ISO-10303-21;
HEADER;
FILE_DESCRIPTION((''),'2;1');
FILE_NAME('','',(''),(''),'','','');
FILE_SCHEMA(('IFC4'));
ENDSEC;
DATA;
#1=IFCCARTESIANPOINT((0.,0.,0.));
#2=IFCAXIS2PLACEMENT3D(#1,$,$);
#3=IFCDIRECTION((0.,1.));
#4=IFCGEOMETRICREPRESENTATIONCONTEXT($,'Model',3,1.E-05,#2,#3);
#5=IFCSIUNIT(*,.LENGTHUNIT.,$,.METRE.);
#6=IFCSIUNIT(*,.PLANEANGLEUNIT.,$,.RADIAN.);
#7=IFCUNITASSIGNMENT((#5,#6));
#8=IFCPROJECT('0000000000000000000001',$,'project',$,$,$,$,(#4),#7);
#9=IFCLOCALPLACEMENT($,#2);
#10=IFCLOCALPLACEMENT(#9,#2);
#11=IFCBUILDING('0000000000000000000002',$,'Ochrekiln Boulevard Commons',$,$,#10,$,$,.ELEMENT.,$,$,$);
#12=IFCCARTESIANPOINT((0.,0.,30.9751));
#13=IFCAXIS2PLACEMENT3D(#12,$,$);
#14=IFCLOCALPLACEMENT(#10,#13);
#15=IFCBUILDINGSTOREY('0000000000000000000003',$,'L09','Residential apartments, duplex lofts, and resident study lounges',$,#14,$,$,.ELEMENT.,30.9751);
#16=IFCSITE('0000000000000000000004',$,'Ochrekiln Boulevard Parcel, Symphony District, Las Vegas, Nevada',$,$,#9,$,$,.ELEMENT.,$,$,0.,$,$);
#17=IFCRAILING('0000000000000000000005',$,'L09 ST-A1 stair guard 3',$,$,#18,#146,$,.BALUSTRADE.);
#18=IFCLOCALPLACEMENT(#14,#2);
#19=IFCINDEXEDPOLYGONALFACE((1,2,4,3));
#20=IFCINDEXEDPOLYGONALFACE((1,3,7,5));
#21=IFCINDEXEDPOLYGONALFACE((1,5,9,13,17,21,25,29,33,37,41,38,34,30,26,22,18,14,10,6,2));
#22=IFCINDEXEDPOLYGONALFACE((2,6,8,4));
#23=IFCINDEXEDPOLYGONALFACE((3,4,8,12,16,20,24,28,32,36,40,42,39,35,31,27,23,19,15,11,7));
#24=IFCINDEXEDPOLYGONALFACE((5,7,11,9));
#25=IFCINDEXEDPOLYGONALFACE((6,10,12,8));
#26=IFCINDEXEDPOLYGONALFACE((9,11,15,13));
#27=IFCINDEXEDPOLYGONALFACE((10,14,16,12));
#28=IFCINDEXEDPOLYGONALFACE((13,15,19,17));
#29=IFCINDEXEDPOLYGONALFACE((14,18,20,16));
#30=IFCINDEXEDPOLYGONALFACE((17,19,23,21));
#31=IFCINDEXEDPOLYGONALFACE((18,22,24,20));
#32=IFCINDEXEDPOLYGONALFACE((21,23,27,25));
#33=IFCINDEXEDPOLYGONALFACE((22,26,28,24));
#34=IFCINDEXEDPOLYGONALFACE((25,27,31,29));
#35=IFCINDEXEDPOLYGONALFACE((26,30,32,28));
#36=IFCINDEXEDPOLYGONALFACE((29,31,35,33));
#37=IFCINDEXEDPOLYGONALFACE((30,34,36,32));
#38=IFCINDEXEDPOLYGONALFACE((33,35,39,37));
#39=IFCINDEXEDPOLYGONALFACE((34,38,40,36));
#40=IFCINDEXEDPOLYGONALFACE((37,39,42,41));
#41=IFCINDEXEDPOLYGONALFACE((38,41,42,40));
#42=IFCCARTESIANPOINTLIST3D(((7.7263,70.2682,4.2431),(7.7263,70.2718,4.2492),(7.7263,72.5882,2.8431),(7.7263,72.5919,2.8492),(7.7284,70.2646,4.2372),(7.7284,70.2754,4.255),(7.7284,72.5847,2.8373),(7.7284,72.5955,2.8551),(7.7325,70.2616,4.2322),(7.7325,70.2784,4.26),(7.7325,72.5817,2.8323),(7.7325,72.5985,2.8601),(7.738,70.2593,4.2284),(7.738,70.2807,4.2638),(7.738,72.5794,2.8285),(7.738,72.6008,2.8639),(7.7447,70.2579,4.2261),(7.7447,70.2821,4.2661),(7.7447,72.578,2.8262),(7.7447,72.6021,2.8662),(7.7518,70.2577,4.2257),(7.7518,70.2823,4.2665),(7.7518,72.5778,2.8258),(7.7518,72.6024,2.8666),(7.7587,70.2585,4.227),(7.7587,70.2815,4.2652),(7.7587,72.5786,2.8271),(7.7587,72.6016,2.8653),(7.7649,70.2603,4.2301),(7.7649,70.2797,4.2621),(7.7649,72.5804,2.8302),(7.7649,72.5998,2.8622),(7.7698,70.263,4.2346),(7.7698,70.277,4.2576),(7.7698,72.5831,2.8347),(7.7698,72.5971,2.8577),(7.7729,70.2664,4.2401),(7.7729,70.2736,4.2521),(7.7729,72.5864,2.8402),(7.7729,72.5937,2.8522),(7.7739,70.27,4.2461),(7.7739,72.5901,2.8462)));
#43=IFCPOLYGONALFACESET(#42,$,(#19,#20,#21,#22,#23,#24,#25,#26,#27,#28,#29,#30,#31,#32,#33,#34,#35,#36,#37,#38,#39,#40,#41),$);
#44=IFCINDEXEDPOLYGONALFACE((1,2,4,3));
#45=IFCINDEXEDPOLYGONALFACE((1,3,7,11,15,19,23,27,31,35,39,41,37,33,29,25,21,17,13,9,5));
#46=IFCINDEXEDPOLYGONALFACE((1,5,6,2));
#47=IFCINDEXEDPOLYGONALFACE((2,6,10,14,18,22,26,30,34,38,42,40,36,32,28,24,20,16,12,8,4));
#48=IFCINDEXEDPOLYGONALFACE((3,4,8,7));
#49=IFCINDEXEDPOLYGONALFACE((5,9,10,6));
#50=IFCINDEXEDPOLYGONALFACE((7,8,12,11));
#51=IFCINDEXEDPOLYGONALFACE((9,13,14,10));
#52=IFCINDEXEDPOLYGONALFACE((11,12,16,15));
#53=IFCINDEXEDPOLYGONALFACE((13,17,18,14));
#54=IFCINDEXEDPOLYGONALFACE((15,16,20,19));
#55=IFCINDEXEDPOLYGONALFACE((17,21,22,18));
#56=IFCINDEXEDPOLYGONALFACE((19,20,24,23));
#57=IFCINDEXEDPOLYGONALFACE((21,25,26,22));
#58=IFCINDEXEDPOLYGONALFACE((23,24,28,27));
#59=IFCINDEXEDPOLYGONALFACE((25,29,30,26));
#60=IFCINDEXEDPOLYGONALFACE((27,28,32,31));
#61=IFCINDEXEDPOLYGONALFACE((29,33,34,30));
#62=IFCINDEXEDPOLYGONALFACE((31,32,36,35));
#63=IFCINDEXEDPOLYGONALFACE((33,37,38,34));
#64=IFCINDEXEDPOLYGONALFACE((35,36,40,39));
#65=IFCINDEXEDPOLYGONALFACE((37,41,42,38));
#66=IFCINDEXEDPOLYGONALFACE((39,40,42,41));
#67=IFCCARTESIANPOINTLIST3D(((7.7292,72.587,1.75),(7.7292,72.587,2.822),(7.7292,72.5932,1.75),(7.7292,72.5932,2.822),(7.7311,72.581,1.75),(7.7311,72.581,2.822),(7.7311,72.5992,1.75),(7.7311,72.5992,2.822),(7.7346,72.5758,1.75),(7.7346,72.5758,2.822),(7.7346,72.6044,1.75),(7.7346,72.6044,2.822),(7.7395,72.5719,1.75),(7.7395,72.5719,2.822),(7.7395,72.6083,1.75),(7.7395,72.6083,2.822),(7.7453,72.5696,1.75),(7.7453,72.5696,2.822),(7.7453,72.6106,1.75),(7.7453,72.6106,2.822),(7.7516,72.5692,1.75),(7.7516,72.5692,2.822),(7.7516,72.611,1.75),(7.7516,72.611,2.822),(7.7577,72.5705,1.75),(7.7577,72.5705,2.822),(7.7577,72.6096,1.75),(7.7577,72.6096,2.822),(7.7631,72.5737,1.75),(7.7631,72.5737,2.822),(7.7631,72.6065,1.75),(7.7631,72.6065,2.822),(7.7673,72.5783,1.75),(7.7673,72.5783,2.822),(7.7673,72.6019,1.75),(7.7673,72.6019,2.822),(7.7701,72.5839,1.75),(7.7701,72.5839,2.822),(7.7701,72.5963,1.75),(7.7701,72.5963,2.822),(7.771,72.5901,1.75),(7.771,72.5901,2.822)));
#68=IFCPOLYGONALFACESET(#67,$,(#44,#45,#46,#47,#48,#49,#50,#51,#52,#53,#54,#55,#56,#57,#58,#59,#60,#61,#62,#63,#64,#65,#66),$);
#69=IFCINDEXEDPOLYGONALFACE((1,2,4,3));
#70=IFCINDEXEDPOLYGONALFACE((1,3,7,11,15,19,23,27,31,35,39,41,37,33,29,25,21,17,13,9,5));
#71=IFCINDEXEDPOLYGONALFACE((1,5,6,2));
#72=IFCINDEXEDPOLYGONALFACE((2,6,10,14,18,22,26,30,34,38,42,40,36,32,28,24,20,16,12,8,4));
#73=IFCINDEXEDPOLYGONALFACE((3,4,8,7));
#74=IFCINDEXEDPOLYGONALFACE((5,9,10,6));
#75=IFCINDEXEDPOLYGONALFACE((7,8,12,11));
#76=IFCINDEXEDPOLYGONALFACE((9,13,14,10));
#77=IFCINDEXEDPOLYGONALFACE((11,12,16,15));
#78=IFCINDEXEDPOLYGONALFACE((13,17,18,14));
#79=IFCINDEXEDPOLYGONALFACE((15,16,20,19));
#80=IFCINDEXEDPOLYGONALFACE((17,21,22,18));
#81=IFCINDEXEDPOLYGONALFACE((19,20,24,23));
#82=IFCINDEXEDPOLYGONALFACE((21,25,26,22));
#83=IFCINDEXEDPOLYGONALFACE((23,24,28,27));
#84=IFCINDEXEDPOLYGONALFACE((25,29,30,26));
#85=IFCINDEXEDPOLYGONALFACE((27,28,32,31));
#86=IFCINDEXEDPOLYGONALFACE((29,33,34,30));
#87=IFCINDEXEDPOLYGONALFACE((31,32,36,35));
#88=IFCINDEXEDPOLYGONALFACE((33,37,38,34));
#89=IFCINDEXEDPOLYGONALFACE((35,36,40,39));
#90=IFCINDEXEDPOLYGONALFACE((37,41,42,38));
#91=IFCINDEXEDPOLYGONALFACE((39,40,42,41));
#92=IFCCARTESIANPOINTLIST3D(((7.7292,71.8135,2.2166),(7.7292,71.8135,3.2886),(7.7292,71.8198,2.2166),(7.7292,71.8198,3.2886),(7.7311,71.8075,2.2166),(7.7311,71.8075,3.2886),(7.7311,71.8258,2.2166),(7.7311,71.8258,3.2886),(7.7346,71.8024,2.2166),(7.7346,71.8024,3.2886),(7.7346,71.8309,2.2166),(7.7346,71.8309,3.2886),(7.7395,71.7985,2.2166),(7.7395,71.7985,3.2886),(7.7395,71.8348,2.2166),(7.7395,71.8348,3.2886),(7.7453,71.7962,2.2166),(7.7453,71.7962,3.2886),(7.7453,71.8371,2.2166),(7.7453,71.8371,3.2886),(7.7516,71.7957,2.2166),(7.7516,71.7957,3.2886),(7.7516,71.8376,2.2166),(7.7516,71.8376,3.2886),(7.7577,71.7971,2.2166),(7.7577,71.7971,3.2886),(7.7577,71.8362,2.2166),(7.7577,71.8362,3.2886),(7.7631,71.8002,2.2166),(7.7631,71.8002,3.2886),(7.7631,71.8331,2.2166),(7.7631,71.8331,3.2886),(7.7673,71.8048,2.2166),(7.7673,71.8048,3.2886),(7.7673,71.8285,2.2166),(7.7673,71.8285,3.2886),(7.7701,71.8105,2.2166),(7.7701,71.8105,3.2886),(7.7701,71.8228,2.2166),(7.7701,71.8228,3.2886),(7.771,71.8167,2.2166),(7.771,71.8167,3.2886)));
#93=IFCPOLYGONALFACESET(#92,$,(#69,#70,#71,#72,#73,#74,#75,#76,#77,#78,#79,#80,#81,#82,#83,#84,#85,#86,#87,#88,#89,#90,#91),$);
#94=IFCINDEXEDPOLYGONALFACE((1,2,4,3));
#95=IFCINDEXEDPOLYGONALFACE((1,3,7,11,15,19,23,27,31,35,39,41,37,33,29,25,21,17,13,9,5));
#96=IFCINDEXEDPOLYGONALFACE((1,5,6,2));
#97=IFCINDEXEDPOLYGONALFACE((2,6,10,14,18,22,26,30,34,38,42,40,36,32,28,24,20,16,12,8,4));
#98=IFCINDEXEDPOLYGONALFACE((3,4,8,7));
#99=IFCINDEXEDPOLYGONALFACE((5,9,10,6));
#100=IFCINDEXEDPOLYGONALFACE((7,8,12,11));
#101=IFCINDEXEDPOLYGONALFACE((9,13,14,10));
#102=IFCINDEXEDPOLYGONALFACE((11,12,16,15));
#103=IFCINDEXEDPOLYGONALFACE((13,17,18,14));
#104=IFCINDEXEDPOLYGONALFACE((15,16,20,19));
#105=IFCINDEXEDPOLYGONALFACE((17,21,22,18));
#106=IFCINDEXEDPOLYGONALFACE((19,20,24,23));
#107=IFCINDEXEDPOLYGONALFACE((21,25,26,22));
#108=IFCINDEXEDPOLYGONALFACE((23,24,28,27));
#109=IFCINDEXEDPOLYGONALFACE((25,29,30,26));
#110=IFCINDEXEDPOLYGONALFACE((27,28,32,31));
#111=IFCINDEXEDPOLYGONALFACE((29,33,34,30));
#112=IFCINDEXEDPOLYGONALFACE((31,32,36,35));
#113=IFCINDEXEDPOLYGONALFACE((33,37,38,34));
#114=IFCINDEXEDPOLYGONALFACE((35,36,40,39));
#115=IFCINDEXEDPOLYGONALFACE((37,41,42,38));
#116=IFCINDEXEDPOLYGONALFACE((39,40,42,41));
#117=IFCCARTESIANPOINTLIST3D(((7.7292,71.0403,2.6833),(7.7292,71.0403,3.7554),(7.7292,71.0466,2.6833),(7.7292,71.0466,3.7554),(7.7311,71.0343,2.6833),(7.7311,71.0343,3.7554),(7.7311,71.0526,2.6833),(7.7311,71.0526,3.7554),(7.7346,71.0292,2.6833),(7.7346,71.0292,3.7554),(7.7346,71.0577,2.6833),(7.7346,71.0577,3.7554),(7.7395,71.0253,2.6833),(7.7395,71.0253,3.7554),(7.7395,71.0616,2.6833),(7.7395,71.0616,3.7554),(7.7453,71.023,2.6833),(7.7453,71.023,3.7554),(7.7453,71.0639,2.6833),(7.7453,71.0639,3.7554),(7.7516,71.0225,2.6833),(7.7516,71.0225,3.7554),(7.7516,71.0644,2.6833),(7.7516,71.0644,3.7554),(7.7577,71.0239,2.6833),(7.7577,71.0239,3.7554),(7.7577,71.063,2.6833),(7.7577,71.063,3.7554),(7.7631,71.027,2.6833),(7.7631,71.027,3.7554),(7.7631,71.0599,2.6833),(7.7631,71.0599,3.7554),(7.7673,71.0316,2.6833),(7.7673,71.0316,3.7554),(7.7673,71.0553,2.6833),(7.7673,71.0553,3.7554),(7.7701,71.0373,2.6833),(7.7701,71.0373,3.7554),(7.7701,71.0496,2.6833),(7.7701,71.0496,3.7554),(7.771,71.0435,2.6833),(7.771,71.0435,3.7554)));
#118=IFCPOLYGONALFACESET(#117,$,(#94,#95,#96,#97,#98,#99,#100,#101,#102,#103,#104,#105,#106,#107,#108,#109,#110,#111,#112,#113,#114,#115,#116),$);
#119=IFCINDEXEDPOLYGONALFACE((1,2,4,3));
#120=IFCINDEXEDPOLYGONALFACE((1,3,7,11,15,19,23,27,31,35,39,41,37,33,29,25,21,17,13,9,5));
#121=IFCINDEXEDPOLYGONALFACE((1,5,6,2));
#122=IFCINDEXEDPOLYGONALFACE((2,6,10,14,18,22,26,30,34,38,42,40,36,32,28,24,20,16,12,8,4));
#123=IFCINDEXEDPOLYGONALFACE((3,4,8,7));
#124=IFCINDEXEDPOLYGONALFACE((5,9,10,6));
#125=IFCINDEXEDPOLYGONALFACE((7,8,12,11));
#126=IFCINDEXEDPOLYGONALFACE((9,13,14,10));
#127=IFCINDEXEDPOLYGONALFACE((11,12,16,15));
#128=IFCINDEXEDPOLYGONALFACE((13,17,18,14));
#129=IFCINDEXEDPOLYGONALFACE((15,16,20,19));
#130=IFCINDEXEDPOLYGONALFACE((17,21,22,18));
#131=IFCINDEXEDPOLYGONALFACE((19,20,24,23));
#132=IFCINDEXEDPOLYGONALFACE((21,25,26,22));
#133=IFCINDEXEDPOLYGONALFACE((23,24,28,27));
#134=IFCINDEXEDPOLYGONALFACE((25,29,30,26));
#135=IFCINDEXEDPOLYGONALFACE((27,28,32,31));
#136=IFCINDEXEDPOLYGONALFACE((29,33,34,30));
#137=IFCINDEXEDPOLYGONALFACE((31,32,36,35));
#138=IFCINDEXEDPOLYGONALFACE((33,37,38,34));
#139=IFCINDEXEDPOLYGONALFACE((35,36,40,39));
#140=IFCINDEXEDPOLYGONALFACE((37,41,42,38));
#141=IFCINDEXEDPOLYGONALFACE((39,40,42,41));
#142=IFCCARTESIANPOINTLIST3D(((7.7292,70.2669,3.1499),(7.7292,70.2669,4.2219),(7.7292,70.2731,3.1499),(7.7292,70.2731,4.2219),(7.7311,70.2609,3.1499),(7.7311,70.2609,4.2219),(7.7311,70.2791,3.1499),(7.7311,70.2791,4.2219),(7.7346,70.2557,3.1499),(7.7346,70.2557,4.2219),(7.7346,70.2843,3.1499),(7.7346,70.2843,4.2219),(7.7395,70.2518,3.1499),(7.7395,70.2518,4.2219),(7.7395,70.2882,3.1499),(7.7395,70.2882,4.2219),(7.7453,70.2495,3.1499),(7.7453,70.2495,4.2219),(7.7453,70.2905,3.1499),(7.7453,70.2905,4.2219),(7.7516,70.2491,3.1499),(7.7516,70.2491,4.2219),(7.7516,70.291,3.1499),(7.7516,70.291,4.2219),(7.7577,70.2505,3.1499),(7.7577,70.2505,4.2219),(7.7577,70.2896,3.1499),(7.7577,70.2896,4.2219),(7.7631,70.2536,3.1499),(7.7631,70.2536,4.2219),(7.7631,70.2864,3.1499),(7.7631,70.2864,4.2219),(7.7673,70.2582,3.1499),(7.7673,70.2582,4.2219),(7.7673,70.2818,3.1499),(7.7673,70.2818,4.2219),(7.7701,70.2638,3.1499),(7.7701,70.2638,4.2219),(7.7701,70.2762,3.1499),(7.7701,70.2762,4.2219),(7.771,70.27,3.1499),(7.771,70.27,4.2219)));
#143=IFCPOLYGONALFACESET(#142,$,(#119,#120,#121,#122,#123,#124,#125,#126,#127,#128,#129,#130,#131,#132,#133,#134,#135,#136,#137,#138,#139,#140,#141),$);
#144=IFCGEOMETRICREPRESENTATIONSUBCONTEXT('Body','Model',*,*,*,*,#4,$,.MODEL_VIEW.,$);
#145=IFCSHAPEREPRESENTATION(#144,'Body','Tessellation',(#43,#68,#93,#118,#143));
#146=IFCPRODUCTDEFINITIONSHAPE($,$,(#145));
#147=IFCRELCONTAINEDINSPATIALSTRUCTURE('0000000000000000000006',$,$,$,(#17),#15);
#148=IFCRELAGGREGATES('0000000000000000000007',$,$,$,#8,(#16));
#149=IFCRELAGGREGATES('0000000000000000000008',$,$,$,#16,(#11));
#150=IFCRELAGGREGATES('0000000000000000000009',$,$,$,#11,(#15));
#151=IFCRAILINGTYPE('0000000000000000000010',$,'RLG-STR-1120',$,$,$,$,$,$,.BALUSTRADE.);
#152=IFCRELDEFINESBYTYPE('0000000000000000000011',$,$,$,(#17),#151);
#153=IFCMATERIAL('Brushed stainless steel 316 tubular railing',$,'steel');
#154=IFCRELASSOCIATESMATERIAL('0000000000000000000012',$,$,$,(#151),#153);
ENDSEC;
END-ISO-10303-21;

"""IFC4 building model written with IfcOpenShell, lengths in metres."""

from ifc_helpers import new_model, si_unit, direction, frame, origin, origin_2d, place, context, subcontext, project, spatial, circle, extrude, material, type_object, element, save


model = new_model("IFC4")

# Units and contexts
model_context = context("Model", 3, precision=1e-05, world=origin(), true_north=direction((0.0, 1.0)))
body_context = subcontext(model_context, "Body", "Model", "MODEL_VIEW")
ifc_project = project(units=[si_unit("LENGTHUNIT", "METRE"), si_unit("PLANEANGLEUNIT", "RADIAN")], contexts=[model_context])

# Site, building, storey
site_placement = place(None, origin())
site = spatial("IfcSite", under=ifc_project, at=site_placement, Name="Ochrekiln Boulevard Parcel, Symphony District, Las Vegas, Nevada", CompositionType="ELEMENT", RefElevation=0.0)
building_placement = place(site_placement, origin())
building = spatial("IfcBuilding", under=site, at=building_placement, Name="Ochrekiln Boulevard Commons", CompositionType="ELEMENT")
storey_placement = place(building_placement, frame((0.0, 0.0, 30.9751)))
storey = spatial("IfcBuildingStorey", under=building, at=storey_placement, Name="L09", Description="Residential apartments, duplex lofts, and resident study lounges", CompositionType="ELEMENT", Elevation=30.9751)

# Railing
ifc_material_1 = material(Name="Brushed stainless steel 316 tubular railing", Category="steel")
railing_type_1 = type_object("IfcRailingType", Name="RLG-STR-1120", PredefinedType="BALUSTRADE", material=ifc_material_1)
railing_1_placement = place(storey_placement, frame((7.75, 72.5901, 1.75)))
element("IfcRailing", 1, at=railing_1_placement, inside=storey, type_object=railing_type_1, Name="L09 ST-A1 stair guard 3", PredefinedType="BALUSTRADE", context=body_context, shape_type="SweptSolid", body=[
    extrude(circle(Radius=0.0239, at=origin_2d()), frame((0.0, 0.0, 1.0962), z_axis=(0.0, -0.85621, 0.516627), x_axis=(1.0, 0.0, 0.0)), (0.0, 0.0, 1.0), 2.7097),
    extrude(circle(Radius=0.021, at=origin_2d()), origin(), (0.0, 0.0, 1.0), 1.072),
    extrude(circle(Radius=0.021, at=origin_2d()), frame((0.0, -0.7734, 0.4666)), (0.0, 0.0, 1.0), 1.072),
    extrude(circle(Radius=0.021, at=origin_2d()), frame((0.0, -1.5466, 0.9333)), (0.0, 0.0, 1.0), 1.072),
    extrude(circle(Radius=0.021, at=origin_2d()), frame((0.0, -2.3201, 1.3999)), (0.0, 0.0, 1.0), 1.072),
])

save(model, "model.ifc")
